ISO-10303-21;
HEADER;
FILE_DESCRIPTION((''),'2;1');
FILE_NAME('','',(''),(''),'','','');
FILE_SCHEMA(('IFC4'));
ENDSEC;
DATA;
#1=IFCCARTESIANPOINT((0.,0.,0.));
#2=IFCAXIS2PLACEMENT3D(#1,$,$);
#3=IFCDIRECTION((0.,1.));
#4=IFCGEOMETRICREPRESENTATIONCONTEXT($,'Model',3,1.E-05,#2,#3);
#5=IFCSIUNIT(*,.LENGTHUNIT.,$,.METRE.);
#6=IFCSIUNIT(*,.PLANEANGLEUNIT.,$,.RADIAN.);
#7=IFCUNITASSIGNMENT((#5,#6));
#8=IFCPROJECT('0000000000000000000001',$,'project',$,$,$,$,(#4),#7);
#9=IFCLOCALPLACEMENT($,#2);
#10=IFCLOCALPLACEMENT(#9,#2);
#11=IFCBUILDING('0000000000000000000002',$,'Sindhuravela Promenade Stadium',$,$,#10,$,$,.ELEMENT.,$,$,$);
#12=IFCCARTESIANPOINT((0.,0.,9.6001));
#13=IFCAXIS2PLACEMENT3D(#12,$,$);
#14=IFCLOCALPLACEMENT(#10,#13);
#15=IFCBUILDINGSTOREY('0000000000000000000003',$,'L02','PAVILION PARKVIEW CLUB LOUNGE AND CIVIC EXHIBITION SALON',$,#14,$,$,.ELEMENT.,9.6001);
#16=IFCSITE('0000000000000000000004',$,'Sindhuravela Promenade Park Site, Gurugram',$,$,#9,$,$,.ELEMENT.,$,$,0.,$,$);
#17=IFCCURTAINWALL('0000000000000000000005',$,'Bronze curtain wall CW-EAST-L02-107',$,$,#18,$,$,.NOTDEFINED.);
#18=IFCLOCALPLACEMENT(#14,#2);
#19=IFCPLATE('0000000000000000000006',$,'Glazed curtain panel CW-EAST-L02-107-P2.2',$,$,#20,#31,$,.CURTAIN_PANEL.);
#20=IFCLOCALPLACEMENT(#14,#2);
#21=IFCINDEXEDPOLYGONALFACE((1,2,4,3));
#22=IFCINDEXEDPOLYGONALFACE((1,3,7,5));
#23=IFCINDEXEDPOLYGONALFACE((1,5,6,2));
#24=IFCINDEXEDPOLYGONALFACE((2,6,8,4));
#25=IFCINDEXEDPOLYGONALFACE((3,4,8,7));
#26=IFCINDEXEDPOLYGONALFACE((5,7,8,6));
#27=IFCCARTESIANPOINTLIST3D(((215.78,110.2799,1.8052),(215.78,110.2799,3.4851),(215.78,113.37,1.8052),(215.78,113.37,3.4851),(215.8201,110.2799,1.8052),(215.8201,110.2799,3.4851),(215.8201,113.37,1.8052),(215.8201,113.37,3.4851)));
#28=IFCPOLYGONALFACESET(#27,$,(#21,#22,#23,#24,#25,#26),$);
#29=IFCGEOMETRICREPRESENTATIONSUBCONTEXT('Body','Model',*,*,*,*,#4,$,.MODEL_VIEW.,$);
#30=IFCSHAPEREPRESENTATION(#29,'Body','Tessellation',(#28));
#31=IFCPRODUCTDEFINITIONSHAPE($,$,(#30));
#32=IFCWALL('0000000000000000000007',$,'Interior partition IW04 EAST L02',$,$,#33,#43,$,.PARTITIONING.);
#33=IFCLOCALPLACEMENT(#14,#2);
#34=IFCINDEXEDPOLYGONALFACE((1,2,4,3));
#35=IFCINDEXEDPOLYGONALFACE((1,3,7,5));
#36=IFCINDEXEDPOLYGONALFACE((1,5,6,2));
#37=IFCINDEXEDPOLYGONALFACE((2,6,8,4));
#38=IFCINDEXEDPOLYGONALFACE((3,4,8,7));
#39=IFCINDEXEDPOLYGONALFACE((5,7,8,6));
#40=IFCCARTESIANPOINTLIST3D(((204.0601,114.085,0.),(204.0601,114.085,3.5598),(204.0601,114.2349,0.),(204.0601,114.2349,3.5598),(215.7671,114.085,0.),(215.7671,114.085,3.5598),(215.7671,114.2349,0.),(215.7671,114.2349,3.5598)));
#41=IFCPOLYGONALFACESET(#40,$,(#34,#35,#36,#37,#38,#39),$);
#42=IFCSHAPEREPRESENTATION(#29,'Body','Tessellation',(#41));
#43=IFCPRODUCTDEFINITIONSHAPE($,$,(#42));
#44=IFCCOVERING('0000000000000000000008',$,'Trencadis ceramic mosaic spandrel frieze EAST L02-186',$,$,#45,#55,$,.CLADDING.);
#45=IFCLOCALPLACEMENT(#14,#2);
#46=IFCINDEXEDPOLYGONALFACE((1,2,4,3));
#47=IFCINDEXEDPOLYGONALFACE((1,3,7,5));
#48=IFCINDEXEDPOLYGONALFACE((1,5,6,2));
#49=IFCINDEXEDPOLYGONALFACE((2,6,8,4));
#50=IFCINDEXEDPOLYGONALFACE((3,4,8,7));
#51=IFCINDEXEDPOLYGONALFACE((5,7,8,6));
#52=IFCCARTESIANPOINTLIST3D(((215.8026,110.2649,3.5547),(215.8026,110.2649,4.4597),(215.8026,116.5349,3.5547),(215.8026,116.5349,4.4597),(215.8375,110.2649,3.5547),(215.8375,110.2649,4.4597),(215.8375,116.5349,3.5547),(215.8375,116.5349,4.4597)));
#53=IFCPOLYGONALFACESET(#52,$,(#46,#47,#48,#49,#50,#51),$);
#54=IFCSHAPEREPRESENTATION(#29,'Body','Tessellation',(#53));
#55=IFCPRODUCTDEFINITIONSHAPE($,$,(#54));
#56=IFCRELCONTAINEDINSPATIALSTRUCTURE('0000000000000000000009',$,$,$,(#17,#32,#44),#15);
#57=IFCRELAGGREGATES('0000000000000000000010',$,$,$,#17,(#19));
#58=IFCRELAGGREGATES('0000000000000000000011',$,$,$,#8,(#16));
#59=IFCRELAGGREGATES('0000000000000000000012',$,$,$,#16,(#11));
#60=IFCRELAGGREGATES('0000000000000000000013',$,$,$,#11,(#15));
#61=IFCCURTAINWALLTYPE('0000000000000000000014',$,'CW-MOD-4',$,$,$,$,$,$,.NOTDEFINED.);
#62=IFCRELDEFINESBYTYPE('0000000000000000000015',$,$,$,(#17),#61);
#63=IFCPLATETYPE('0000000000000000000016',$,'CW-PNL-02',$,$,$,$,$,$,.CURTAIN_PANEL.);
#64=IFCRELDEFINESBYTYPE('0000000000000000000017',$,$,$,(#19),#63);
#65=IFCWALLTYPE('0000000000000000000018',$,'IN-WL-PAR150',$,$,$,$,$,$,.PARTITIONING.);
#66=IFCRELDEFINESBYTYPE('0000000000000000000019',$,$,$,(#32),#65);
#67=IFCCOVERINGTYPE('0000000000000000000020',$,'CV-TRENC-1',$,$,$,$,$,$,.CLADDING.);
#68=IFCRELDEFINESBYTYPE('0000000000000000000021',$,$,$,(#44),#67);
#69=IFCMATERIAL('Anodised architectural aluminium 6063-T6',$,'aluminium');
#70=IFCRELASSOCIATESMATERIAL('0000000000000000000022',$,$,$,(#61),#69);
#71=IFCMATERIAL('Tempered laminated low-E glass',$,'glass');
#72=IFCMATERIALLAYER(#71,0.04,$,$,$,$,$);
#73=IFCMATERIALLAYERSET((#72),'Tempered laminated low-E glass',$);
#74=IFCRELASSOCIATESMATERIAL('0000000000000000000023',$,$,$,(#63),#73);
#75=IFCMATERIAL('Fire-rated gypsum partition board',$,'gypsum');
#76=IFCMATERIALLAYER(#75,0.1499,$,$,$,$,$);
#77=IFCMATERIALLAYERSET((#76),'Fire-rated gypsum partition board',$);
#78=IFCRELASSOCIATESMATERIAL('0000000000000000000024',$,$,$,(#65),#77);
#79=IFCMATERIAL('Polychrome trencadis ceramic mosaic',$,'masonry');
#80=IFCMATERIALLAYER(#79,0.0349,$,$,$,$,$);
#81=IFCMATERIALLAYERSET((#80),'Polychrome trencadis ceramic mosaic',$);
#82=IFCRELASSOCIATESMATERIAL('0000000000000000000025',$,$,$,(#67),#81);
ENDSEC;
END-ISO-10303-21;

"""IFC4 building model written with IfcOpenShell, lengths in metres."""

from ifc_helpers import new_model, si_unit, direction, frame, frame_2d, origin, origin_2d, place, context, subcontext, project, spatial, rectangle, extrude, material, layer, layer_set, type_object, element, aggregate, save


model = new_model("IFC4")

# Units and contexts
model_context = context("Model", 3, precision=1e-05, world=origin(), true_north=direction((0.0, 1.0)))
body_context = subcontext(model_context, "Body", "Model", "MODEL_VIEW")
ifc_project = project(units=[si_unit("LENGTHUNIT", "METRE"), si_unit("PLANEANGLEUNIT", "RADIAN")], contexts=[model_context])

# Site, building, storey
site_placement = place(None, origin())
site = spatial("IfcSite", under=ifc_project, at=site_placement, Name="Sindhuravela Promenade Park Site, Gurugram", CompositionType="ELEMENT", RefElevation=0.0)
building_placement = place(site_placement, origin())
building = spatial("IfcBuilding", under=site, at=building_placement, Name="Sindhuravela Promenade Stadium", CompositionType="ELEMENT")
storey_placement = place(building_placement, frame((0.0, 0.0, 9.6001)))
storey = spatial("IfcBuildingStorey", under=building, at=storey_placement, Name="L02", Description="PAVILION PARKVIEW CLUB LOUNGE AND CIVIC EXHIBITION SALON", CompositionType="ELEMENT", Elevation=9.6001)

# Curtain wall
ifc_material_1 = material(Name="Anodised architectural aluminium 6063-T6", Category="aluminium")
curtain_wall_type = type_object("IfcCurtainWallType", Name="CW-MOD-4", PredefinedType="NOTDEFINED", material=ifc_material_1)
curtain_wall_placement = place(storey_placement, origin())
curtain_wall = element("IfcCurtainWall", 1, at=curtain_wall_placement, inside=storey, type_object=curtain_wall_type, Name="Bronze curtain wall CW-EAST-L02-107", PredefinedType="NOTDEFINED")

# Plate
ifc_material_2 = material(Name="Tempered laminated low-E glass", Category="glass")
ifc_layer_1 = layer(ifc_material_2, 0.04)
ifc_layer_set_1 = layer_set([ifc_layer_1], Name="Tempered laminated low-E glass")
plate_type = type_object("IfcPlateType", Name="CW-PNL-02", PredefinedType="CURTAIN_PANEL", material=ifc_layer_set_1)
plate_1_placement = place(storey_placement, frame((215.8, 111.825, 1.8052), z_axis=(0.0, 0.0, 1.0), x_axis=(0.0, -1.0, 0.0)))
plate_1 = element("IfcPlate", 2, at=plate_1_placement, type_object=plate_type, Name="Glazed curtain panel CW-EAST-L02-107-P2.2", PredefinedType="CURTAIN_PANEL", context=body_context, shape_type="SweptSolid", body=[
    extrude(rectangle(XDim=3.0901, YDim=0.04, at=origin_2d()), origin(), (0.0, 0.0, 1.0), 1.6799),
])
aggregate(curtain_wall, [plate_1])

# Wall
ifc_material_3 = material(Name="Fire-rated gypsum partition board", Category="gypsum")
ifc_layer_2 = layer(ifc_material_3, 0.1499)
ifc_layer_set_2 = layer_set([ifc_layer_2], Name="Fire-rated gypsum partition board")
wall_type = type_object("IfcWallType", Name="IN-WL-PAR150", PredefinedType="PARTITIONING", material=ifc_layer_set_2)
wall_placement = place(storey_placement, frame((204.0601, 114.1599, 0.0), z_axis=(0.0, 0.0, 1.0), x_axis=(1.0, 0.0, 0.0)))
element("IfcWall", 3, at=wall_placement, inside=storey, type_object=wall_type, Name="Interior partition IW04 EAST L02", PredefinedType="PARTITIONING", context=body_context, shape_type="SweptSolid", body=[
    extrude(rectangle(XDim=11.707, YDim=0.1499, at=frame_2d((5.8535, 0.0))), origin(), (0.0, 0.0, 1.0), 3.5598),
])

# Covering
ifc_material_4 = material(Name="Polychrome trencadis ceramic mosaic", Category="masonry")
ifc_layer_3 = layer(ifc_material_4, 0.0349)
ifc_layer_set_3 = layer_set([ifc_layer_3], Name="Polychrome trencadis ceramic mosaic")
covering_type = type_object("IfcCoveringType", Name="CV-TRENC-1", PredefinedType="CLADDING", material=ifc_layer_set_3)
covering_placement = place(storey_placement, frame((215.8201, 113.3999, 3.5547), z_axis=(0.0, 0.0, 1.0), x_axis=(0.0, -1.0, 0.0)))
element("IfcCovering", 4, at=covering_placement, inside=storey, type_object=covering_type, Name="Trencadis ceramic mosaic spandrel frieze EAST L02-186", PredefinedType="CLADDING", context=body_context, shape_type="SweptSolid", body=[
    extrude(rectangle(XDim=6.27, YDim=0.0349, at=origin_2d()), origin(), (0.0, 0.0, 1.0), 0.905),
])

save(model, "model.ifc")
